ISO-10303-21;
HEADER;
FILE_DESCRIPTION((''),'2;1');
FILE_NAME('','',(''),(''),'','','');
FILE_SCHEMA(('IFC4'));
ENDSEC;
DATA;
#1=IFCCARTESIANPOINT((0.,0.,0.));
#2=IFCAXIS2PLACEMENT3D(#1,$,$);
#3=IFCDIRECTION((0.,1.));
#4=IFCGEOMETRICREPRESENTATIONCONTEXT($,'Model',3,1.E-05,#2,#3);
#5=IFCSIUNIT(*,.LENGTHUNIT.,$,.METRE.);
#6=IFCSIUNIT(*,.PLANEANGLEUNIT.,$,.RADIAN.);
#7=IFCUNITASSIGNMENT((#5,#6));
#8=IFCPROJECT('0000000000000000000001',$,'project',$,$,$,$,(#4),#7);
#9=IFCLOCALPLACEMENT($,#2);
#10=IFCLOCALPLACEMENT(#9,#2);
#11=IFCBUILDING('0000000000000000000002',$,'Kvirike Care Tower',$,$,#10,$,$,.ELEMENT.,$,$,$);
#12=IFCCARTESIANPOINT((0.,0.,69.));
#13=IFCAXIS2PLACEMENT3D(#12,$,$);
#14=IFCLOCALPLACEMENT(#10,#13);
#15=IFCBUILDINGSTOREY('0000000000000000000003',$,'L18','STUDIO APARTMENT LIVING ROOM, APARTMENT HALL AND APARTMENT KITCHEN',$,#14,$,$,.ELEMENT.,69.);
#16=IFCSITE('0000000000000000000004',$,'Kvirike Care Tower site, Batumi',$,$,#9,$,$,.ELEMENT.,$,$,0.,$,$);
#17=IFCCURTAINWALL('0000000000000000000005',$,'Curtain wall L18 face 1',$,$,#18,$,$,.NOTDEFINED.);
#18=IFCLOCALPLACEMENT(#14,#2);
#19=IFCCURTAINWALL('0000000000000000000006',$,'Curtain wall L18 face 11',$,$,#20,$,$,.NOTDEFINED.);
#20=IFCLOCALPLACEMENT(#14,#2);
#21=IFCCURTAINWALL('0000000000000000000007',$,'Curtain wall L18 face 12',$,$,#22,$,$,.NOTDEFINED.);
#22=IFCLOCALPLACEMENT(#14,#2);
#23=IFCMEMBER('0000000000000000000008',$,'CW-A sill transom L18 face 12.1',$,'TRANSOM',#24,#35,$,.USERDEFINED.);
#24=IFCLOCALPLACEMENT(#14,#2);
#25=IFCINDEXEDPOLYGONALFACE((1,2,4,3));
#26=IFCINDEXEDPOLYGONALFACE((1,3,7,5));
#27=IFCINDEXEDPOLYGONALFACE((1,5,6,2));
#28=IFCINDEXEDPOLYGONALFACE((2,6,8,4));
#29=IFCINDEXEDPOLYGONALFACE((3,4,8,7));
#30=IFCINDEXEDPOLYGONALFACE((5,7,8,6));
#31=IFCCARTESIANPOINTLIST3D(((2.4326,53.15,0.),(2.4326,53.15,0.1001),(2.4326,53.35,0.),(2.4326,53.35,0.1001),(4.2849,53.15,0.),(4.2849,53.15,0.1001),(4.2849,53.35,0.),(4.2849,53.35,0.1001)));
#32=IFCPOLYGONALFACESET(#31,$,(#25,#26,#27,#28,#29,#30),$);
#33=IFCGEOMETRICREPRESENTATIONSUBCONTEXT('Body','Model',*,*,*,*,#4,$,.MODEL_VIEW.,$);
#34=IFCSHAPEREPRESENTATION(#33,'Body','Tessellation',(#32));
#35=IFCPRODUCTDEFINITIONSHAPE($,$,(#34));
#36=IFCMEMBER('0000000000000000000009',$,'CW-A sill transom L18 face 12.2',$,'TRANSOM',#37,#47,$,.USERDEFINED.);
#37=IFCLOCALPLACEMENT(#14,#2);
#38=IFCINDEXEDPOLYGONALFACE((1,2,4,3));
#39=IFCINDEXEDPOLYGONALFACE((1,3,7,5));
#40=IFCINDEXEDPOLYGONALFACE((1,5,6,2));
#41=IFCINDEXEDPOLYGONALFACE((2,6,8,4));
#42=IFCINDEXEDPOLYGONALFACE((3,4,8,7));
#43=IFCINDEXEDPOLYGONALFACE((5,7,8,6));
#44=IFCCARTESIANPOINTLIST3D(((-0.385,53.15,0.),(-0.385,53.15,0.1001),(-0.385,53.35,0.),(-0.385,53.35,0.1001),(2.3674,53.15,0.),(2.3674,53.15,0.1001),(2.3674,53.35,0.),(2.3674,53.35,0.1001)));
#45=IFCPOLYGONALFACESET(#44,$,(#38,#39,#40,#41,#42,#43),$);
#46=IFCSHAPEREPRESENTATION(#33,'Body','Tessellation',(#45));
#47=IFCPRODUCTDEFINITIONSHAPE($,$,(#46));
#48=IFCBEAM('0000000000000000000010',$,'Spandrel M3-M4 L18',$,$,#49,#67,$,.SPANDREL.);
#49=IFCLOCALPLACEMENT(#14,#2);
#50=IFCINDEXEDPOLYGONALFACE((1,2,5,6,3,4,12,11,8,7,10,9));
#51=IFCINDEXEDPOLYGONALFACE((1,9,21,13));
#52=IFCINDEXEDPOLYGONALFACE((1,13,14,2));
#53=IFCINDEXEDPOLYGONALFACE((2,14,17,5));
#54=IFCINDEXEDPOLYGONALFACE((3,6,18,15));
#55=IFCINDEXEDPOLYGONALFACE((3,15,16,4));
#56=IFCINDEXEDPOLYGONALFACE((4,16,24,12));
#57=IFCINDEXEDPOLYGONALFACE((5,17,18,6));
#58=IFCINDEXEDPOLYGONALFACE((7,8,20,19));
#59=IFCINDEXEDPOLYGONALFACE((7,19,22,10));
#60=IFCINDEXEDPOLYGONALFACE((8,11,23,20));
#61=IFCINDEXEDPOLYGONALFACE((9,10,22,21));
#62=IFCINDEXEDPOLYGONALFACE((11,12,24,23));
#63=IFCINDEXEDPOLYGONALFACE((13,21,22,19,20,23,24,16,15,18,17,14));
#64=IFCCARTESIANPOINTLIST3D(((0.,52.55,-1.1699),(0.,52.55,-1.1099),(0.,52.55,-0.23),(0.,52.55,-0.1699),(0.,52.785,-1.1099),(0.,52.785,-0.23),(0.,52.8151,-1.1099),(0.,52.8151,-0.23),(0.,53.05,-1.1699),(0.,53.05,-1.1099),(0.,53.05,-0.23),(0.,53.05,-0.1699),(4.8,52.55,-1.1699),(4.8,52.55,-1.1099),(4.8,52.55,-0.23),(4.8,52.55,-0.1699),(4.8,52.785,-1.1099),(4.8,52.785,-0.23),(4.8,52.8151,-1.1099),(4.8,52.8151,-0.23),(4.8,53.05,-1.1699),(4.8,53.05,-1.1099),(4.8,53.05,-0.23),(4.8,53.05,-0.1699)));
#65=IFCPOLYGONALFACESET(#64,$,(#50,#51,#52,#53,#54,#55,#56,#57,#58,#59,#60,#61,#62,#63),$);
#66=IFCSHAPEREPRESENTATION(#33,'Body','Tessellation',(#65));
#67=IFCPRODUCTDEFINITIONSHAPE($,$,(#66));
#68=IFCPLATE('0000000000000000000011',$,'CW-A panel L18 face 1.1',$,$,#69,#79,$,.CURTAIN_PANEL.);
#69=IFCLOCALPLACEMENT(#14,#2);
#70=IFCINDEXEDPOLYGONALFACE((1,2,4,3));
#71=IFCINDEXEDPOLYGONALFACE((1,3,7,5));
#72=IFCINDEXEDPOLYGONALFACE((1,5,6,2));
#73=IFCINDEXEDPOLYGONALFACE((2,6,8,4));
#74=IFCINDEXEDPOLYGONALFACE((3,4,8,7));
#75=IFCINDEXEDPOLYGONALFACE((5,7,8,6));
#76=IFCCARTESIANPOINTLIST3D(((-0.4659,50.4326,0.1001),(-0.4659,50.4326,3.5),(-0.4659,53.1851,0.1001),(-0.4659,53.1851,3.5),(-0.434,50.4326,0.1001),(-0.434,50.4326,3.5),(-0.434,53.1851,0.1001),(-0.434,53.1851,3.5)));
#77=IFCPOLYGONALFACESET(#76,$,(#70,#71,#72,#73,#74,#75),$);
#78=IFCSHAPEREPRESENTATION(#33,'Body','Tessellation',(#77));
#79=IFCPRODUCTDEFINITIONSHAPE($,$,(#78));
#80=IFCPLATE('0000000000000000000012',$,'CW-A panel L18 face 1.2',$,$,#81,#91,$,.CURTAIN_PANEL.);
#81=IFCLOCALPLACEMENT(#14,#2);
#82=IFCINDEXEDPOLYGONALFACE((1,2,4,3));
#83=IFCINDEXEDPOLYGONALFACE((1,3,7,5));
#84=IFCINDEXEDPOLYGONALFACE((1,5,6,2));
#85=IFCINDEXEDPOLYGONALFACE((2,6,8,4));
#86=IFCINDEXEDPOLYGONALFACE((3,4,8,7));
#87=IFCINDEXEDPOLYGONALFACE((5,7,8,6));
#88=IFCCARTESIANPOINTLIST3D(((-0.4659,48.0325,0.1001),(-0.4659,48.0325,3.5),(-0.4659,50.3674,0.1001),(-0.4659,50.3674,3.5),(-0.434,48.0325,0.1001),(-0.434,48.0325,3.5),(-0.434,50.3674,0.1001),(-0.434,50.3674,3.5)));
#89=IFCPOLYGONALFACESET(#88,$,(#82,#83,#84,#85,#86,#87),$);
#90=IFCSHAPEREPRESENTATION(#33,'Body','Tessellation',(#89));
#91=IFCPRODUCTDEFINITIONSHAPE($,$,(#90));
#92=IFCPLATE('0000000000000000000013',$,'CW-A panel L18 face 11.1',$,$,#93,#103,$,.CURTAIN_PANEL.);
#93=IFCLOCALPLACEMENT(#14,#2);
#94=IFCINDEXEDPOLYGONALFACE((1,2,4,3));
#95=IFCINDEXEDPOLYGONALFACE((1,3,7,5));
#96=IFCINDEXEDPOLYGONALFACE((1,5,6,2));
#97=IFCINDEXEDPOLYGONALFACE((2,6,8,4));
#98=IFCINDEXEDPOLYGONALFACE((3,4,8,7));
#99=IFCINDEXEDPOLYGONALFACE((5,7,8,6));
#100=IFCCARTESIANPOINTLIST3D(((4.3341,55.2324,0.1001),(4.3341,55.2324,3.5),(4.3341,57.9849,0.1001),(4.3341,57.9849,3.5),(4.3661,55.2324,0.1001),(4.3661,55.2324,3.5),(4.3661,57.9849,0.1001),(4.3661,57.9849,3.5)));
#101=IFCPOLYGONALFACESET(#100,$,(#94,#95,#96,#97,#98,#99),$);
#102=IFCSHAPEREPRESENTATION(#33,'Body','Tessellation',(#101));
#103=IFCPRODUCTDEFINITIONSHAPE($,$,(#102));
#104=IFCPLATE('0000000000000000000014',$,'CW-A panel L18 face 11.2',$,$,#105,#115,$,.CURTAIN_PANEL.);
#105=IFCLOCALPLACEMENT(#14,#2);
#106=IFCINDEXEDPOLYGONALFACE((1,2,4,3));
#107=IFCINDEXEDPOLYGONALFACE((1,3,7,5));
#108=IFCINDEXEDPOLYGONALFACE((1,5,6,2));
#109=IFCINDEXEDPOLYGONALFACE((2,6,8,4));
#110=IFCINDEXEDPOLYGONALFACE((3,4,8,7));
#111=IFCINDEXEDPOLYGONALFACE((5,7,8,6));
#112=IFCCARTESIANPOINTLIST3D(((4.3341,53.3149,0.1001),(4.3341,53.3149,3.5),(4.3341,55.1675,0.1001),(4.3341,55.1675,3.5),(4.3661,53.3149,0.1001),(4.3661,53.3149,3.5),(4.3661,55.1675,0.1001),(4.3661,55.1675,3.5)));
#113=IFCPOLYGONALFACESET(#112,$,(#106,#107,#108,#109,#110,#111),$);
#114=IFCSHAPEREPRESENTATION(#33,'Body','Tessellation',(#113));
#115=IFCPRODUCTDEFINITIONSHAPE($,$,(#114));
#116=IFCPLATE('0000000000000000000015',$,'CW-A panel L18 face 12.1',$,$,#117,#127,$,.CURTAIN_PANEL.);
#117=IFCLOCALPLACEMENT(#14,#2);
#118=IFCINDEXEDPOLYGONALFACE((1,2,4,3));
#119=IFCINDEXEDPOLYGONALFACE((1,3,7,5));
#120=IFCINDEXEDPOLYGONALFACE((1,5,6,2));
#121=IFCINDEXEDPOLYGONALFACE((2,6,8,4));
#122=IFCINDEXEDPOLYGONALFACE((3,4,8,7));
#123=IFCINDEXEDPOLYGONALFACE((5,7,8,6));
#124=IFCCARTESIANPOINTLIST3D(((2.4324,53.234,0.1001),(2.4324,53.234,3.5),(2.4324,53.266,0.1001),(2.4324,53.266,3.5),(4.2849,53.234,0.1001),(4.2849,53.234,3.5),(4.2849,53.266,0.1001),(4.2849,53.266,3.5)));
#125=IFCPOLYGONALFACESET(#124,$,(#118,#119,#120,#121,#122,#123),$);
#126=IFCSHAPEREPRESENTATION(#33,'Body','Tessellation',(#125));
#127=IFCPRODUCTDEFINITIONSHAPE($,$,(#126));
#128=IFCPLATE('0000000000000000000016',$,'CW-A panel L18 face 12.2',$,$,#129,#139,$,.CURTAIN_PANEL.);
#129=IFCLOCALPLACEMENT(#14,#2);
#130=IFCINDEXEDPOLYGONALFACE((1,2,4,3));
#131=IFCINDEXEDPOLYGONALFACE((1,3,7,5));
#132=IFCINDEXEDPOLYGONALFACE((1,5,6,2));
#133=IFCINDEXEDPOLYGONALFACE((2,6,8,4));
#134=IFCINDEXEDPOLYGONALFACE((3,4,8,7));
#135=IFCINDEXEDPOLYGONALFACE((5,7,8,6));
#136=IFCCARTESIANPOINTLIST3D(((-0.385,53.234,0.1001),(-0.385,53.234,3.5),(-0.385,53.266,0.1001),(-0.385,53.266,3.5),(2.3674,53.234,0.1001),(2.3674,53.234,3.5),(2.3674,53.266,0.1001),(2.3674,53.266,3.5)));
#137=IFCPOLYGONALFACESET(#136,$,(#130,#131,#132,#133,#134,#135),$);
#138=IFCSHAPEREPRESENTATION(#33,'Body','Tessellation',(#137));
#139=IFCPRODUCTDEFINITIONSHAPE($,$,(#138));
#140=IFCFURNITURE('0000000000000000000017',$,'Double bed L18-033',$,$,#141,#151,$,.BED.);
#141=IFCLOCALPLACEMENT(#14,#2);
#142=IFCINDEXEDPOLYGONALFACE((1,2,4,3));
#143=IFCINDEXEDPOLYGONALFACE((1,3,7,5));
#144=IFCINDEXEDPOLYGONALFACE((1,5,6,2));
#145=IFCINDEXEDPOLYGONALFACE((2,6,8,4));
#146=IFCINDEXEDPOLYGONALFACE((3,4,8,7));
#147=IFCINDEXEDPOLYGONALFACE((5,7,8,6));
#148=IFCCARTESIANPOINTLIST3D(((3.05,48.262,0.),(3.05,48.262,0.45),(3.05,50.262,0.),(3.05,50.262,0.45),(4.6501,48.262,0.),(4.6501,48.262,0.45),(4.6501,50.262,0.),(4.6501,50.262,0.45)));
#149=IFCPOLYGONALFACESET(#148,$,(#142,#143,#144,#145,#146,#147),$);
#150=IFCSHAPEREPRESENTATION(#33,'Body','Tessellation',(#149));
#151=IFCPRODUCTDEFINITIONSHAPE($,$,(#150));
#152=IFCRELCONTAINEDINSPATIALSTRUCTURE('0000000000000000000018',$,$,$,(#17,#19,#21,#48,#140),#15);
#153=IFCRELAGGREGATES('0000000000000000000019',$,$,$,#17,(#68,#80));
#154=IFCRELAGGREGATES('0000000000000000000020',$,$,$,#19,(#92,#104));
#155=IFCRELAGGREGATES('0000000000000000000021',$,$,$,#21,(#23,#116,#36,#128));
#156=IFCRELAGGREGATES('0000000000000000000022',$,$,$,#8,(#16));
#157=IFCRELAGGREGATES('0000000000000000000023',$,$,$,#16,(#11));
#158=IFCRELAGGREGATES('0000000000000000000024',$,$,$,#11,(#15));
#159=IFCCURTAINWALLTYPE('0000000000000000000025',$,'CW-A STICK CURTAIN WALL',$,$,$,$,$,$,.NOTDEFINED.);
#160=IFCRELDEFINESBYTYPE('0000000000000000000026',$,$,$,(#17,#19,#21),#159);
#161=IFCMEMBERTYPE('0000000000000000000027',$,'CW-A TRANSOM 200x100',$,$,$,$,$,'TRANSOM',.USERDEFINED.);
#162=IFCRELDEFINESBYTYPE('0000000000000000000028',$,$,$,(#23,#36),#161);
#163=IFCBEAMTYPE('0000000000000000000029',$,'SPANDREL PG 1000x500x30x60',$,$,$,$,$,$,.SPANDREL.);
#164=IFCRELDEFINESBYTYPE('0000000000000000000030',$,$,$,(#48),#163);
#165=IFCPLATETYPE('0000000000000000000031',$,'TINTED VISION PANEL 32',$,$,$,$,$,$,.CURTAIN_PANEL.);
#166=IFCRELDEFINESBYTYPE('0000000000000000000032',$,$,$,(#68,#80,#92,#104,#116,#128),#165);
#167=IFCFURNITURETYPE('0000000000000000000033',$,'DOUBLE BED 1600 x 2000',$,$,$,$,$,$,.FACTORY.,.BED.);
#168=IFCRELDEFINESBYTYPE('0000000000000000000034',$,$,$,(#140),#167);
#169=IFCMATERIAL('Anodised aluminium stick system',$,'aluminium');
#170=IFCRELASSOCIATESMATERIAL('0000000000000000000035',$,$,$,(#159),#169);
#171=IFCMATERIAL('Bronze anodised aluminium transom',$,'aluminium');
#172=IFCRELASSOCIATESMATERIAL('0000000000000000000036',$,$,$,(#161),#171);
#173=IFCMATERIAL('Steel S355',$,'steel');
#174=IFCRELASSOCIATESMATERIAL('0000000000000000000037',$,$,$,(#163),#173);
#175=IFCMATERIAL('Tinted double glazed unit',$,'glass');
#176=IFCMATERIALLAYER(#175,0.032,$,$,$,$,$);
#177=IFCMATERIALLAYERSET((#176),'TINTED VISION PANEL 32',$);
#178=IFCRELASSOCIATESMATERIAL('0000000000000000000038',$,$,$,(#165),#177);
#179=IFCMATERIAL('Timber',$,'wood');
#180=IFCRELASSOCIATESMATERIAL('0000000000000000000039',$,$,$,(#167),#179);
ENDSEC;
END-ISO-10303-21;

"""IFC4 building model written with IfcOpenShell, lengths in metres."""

from ifc_helpers import new_model, si_unit, direction, frame, origin, origin_2d, place, context, subcontext, project, spatial, rectangle, i_section, extrude, material, layer, layer_set, material_profile, profile_set, type_object, element, aggregate, save


model = new_model("IFC4")

# Units and contexts
model_context = context("Model", 3, precision=1e-05, world=origin(), true_north=direction((0.0, 1.0)))
body_context = subcontext(model_context, "Body", "Model", "MODEL_VIEW")
ifc_project = project(units=[si_unit("LENGTHUNIT", "METRE"), si_unit("PLANEANGLEUNIT", "RADIAN")], contexts=[model_context])

# Site, building, storey
site_placement = place(None, origin())
site = spatial("IfcSite", under=ifc_project, at=site_placement, Name="Kvirike Care Tower site, Batumi", CompositionType="ELEMENT", RefElevation=0.0)
building_placement = place(site_placement, origin())
building = spatial("IfcBuilding", under=site, at=building_placement, Name="Kvirike Care Tower", CompositionType="ELEMENT")
storey_placement = place(building_placement, frame((0.0, 0.0, 69.0)))
storey = spatial("IfcBuildingStorey", under=building, at=storey_placement, Name="L18", Description="STUDIO APARTMENT LIVING ROOM, APARTMENT HALL AND APARTMENT KITCHEN", CompositionType="ELEMENT", Elevation=69.0)

# Curtain walls
ifc_material_1 = material(Name="Anodised aluminium stick system", Category="aluminium")
curtain_wall_type = type_object("IfcCurtainWallType", Name="CW-A STICK CURTAIN WALL", PredefinedType="NOTDEFINED", material=ifc_material_1)
curtain_wall_1_placement = place(storey_placement, origin())
curtain_wall_1 = element("IfcCurtainWall", 1, at=curtain_wall_1_placement, inside=storey, type_object=curtain_wall_type, Name="Curtain wall L18 face 1", PredefinedType="NOTDEFINED")
curtain_wall_2_placement = place(storey_placement, origin())
curtain_wall_2 = element("IfcCurtainWall", 2, at=curtain_wall_2_placement, inside=storey, type_object=curtain_wall_type, Name="Curtain wall L18 face 11", PredefinedType="NOTDEFINED")
curtain_wall_3_placement = place(storey_placement, origin())
curtain_wall_3 = element("IfcCurtainWall", 3, at=curtain_wall_3_placement, inside=storey, type_object=curtain_wall_type, Name="Curtain wall L18 face 12", PredefinedType="NOTDEFINED")

# Members
ifc_material_2 = material(Name="Bronze anodised aluminium transom", Category="aluminium")
ifc_material_profile_1 = material_profile(ifc_material_2, rectangle(XDim=0.2, YDim=0.1001, at=origin_2d()), Name="CW-A TRANSOM 200x100")
ifc_profile_set_1 = profile_set([ifc_material_profile_1], Name="Bronze anodised aluminium transom")
member_type_1 = type_object("IfcMemberType", Name="CW-A TRANSOM 200x100", ElementType="TRANSOM", PredefinedType="USERDEFINED", material=ifc_profile_set_1)
member_1_placement = place(storey_placement, frame((4.2849, 53.25, 0.05), z_axis=(-1.0, 0.0, 0.0), x_axis=(0.0, -1.0, 0.0)))
member_1 = element("IfcMember", 4, at=member_1_placement, type_object=member_type_1, Name="CW-A sill transom L18 face 12.1", ObjectType="TRANSOM", PredefinedType="USERDEFINED", context=body_context, shape_type="SweptSolid", body=[
    extrude(rectangle(XDim=0.2, YDim=0.1001, at=origin_2d()), origin(), (0.0, 0.0, 1.0), 1.8523),
])
member_2_placement = place(storey_placement, frame((2.3674, 53.25, 0.05), z_axis=(-1.0, 0.0, 0.0), x_axis=(0.0, -1.0, 0.0)))
member_2 = element("IfcMember", 5, at=member_2_placement, type_object=member_type_1, Name="CW-A sill transom L18 face 12.2", ObjectType="TRANSOM", PredefinedType="USERDEFINED", context=body_context, shape_type="SweptSolid", body=[
    extrude(rectangle(XDim=0.2, YDim=0.1001, at=origin_2d()), origin(), (0.0, 0.0, 1.0), 2.7524),
])

# Beam
ifc_material_3 = material(Name="Steel S355", Category="steel")
ifc_material_profile_2 = material_profile(ifc_material_3, i_section(OverallWidth=0.5, OverallDepth=1.0, WebThickness=0.03, FlangeThickness=0.0601, at=origin_2d()), Name="PG 1000x500x30x60")
ifc_profile_set_2 = profile_set([ifc_material_profile_2], Name="Steel S355")
beam_type = type_object("IfcBeamType", Name="SPANDREL PG 1000x500x30x60", PredefinedType="SPANDREL", material=ifc_profile_set_2)
beam_placement = place(storey_placement, frame((0.0, 52.8, -0.6699), z_axis=(1.0, 0.0, 0.0), x_axis=(0.0, 1.0, 0.0)))
element("IfcBeam", 6, at=beam_placement, inside=storey, type_object=beam_type, Name="Spandrel M3-M4 L18", PredefinedType="SPANDREL", context=body_context, shape_type="SweptSolid", body=[
    extrude(i_section(OverallWidth=0.5, OverallDepth=1.0, WebThickness=0.03, FlangeThickness=0.0601, at=origin_2d()), origin(), (0.0, 0.0, 1.0), 4.8),
])

# Plates
ifc_material_4 = material(Name="Tinted double glazed unit", Category="glass")
ifc_layer = layer(ifc_material_4, 0.032)
ifc_layer_set = layer_set([ifc_layer], Name="TINTED VISION PANEL 32")
plate_type = type_object("IfcPlateType", Name="TINTED VISION PANEL 32", PredefinedType="CURTAIN_PANEL", material=ifc_layer_set)
plate_1_placement = place(storey_placement, frame((-0.45, 51.8088, 0.1001), z_axis=(0.0, 0.0, 1.0), x_axis=(0.0, -1.0, 0.0)))
plate_1 = element("IfcPlate", 7, at=plate_1_placement, type_object=plate_type, Name="CW-A panel L18 face 1.1", PredefinedType="CURTAIN_PANEL", context=body_context, shape_type="SweptSolid", body=[
    extrude(rectangle(XDim=2.7524, YDim=0.032, at=origin_2d()), origin(), (0.0, 0.0, 1.0), 3.3999),
])
plate_2_placement = place(storey_placement, frame((-0.45, 49.2, 0.1001), z_axis=(0.0, 0.0, 1.0), x_axis=(0.0, -1.0, 0.0)))
plate_2 = element("IfcPlate", 8, at=plate_2_placement, type_object=plate_type, Name="CW-A panel L18 face 1.2", PredefinedType="CURTAIN_PANEL", context=body_context, shape_type="SweptSolid", body=[
    extrude(rectangle(XDim=2.335, YDim=0.032, at=origin_2d()), origin(), (0.0, 0.0, 1.0), 3.3999),
])
aggregate(curtain_wall_1, [plate_1, plate_2])
plate_3_placement = place(storey_placement, frame((4.3501, 56.6086, 0.1001), z_axis=(0.0, 0.0, 1.0), x_axis=(0.0, -1.0, 0.0)))
plate_3 = element("IfcPlate", 9, at=plate_3_placement, type_object=plate_type, Name="CW-A panel L18 face 11.1", PredefinedType="CURTAIN_PANEL", context=body_context, shape_type="SweptSolid", body=[
    extrude(rectangle(XDim=2.7524, YDim=0.032, at=origin_2d()), origin(), (0.0, 0.0, 1.0), 3.3999),
])
plate_4_placement = place(storey_placement, frame((4.3501, 54.2412, 0.1001), z_axis=(0.0, 0.0, 1.0), x_axis=(0.0, -1.0, 0.0)))
plate_4 = element("IfcPlate", 10, at=plate_4_placement, type_object=plate_type, Name="CW-A panel L18 face 11.2", PredefinedType="CURTAIN_PANEL", context=body_context, shape_type="SweptSolid", body=[
    extrude(rectangle(XDim=1.8525, YDim=0.032, at=origin_2d()), origin(), (0.0, 0.0, 1.0), 3.3999),
])
aggregate(curtain_wall_2, [plate_3, plate_4])
plate_5_placement = place(storey_placement, frame((3.3586, 53.25, 0.1001), z_axis=(0.0, 0.0, 1.0), x_axis=(-1.0, 0.0, 0.0)))
plate_5 = element("IfcPlate", 11, at=plate_5_placement, type_object=plate_type, Name="CW-A panel L18 face 12.1", PredefinedType="CURTAIN_PANEL", context=body_context, shape_type="SweptSolid", body=[
    extrude(rectangle(XDim=1.8525, YDim=0.032, at=origin_2d()), origin(), (0.0, 0.0, 1.0), 3.3999),
])
plate_6_placement = place(storey_placement, frame((0.9912, 53.25, 0.1001), z_axis=(0.0, 0.0, 1.0), x_axis=(-1.0, 0.0, 0.0)))
plate_6 = element("IfcPlate", 12, at=plate_6_placement, type_object=plate_type, Name="CW-A panel L18 face 12.2", PredefinedType="CURTAIN_PANEL", context=body_context, shape_type="SweptSolid", body=[
    extrude(rectangle(XDim=2.7524, YDim=0.032, at=origin_2d()), origin(), (0.0, 0.0, 1.0), 3.3999),
])
aggregate(curtain_wall_3, [member_1, plate_5, member_2, plate_6])

# Furniture
ifc_material_5 = material(Name="Timber", Category="wood")
furniture_type = type_object("IfcFurnitureType", Name="DOUBLE BED 1600 x 2000", AssemblyPlace="FACTORY", PredefinedType="BED", material=ifc_material_5)
furniture_placement = place(storey_placement, frame((3.8501, 49.262, 0.0), z_axis=(0.0, 0.0, 1.0), x_axis=(-1.0, 0.0, 0.0)))
element("IfcFurniture", 13, at=furniture_placement, inside=storey, type_object=furniture_type, Name="Double bed L18-033", PredefinedType="BED", context=body_context, shape_type="SweptSolid", body=[
    extrude(rectangle(XDim=1.6001, YDim=2.0, at=origin_2d()), origin(), (0.0, 0.0, 1.0), 0.45),
])

save(model, "model.ifc")
